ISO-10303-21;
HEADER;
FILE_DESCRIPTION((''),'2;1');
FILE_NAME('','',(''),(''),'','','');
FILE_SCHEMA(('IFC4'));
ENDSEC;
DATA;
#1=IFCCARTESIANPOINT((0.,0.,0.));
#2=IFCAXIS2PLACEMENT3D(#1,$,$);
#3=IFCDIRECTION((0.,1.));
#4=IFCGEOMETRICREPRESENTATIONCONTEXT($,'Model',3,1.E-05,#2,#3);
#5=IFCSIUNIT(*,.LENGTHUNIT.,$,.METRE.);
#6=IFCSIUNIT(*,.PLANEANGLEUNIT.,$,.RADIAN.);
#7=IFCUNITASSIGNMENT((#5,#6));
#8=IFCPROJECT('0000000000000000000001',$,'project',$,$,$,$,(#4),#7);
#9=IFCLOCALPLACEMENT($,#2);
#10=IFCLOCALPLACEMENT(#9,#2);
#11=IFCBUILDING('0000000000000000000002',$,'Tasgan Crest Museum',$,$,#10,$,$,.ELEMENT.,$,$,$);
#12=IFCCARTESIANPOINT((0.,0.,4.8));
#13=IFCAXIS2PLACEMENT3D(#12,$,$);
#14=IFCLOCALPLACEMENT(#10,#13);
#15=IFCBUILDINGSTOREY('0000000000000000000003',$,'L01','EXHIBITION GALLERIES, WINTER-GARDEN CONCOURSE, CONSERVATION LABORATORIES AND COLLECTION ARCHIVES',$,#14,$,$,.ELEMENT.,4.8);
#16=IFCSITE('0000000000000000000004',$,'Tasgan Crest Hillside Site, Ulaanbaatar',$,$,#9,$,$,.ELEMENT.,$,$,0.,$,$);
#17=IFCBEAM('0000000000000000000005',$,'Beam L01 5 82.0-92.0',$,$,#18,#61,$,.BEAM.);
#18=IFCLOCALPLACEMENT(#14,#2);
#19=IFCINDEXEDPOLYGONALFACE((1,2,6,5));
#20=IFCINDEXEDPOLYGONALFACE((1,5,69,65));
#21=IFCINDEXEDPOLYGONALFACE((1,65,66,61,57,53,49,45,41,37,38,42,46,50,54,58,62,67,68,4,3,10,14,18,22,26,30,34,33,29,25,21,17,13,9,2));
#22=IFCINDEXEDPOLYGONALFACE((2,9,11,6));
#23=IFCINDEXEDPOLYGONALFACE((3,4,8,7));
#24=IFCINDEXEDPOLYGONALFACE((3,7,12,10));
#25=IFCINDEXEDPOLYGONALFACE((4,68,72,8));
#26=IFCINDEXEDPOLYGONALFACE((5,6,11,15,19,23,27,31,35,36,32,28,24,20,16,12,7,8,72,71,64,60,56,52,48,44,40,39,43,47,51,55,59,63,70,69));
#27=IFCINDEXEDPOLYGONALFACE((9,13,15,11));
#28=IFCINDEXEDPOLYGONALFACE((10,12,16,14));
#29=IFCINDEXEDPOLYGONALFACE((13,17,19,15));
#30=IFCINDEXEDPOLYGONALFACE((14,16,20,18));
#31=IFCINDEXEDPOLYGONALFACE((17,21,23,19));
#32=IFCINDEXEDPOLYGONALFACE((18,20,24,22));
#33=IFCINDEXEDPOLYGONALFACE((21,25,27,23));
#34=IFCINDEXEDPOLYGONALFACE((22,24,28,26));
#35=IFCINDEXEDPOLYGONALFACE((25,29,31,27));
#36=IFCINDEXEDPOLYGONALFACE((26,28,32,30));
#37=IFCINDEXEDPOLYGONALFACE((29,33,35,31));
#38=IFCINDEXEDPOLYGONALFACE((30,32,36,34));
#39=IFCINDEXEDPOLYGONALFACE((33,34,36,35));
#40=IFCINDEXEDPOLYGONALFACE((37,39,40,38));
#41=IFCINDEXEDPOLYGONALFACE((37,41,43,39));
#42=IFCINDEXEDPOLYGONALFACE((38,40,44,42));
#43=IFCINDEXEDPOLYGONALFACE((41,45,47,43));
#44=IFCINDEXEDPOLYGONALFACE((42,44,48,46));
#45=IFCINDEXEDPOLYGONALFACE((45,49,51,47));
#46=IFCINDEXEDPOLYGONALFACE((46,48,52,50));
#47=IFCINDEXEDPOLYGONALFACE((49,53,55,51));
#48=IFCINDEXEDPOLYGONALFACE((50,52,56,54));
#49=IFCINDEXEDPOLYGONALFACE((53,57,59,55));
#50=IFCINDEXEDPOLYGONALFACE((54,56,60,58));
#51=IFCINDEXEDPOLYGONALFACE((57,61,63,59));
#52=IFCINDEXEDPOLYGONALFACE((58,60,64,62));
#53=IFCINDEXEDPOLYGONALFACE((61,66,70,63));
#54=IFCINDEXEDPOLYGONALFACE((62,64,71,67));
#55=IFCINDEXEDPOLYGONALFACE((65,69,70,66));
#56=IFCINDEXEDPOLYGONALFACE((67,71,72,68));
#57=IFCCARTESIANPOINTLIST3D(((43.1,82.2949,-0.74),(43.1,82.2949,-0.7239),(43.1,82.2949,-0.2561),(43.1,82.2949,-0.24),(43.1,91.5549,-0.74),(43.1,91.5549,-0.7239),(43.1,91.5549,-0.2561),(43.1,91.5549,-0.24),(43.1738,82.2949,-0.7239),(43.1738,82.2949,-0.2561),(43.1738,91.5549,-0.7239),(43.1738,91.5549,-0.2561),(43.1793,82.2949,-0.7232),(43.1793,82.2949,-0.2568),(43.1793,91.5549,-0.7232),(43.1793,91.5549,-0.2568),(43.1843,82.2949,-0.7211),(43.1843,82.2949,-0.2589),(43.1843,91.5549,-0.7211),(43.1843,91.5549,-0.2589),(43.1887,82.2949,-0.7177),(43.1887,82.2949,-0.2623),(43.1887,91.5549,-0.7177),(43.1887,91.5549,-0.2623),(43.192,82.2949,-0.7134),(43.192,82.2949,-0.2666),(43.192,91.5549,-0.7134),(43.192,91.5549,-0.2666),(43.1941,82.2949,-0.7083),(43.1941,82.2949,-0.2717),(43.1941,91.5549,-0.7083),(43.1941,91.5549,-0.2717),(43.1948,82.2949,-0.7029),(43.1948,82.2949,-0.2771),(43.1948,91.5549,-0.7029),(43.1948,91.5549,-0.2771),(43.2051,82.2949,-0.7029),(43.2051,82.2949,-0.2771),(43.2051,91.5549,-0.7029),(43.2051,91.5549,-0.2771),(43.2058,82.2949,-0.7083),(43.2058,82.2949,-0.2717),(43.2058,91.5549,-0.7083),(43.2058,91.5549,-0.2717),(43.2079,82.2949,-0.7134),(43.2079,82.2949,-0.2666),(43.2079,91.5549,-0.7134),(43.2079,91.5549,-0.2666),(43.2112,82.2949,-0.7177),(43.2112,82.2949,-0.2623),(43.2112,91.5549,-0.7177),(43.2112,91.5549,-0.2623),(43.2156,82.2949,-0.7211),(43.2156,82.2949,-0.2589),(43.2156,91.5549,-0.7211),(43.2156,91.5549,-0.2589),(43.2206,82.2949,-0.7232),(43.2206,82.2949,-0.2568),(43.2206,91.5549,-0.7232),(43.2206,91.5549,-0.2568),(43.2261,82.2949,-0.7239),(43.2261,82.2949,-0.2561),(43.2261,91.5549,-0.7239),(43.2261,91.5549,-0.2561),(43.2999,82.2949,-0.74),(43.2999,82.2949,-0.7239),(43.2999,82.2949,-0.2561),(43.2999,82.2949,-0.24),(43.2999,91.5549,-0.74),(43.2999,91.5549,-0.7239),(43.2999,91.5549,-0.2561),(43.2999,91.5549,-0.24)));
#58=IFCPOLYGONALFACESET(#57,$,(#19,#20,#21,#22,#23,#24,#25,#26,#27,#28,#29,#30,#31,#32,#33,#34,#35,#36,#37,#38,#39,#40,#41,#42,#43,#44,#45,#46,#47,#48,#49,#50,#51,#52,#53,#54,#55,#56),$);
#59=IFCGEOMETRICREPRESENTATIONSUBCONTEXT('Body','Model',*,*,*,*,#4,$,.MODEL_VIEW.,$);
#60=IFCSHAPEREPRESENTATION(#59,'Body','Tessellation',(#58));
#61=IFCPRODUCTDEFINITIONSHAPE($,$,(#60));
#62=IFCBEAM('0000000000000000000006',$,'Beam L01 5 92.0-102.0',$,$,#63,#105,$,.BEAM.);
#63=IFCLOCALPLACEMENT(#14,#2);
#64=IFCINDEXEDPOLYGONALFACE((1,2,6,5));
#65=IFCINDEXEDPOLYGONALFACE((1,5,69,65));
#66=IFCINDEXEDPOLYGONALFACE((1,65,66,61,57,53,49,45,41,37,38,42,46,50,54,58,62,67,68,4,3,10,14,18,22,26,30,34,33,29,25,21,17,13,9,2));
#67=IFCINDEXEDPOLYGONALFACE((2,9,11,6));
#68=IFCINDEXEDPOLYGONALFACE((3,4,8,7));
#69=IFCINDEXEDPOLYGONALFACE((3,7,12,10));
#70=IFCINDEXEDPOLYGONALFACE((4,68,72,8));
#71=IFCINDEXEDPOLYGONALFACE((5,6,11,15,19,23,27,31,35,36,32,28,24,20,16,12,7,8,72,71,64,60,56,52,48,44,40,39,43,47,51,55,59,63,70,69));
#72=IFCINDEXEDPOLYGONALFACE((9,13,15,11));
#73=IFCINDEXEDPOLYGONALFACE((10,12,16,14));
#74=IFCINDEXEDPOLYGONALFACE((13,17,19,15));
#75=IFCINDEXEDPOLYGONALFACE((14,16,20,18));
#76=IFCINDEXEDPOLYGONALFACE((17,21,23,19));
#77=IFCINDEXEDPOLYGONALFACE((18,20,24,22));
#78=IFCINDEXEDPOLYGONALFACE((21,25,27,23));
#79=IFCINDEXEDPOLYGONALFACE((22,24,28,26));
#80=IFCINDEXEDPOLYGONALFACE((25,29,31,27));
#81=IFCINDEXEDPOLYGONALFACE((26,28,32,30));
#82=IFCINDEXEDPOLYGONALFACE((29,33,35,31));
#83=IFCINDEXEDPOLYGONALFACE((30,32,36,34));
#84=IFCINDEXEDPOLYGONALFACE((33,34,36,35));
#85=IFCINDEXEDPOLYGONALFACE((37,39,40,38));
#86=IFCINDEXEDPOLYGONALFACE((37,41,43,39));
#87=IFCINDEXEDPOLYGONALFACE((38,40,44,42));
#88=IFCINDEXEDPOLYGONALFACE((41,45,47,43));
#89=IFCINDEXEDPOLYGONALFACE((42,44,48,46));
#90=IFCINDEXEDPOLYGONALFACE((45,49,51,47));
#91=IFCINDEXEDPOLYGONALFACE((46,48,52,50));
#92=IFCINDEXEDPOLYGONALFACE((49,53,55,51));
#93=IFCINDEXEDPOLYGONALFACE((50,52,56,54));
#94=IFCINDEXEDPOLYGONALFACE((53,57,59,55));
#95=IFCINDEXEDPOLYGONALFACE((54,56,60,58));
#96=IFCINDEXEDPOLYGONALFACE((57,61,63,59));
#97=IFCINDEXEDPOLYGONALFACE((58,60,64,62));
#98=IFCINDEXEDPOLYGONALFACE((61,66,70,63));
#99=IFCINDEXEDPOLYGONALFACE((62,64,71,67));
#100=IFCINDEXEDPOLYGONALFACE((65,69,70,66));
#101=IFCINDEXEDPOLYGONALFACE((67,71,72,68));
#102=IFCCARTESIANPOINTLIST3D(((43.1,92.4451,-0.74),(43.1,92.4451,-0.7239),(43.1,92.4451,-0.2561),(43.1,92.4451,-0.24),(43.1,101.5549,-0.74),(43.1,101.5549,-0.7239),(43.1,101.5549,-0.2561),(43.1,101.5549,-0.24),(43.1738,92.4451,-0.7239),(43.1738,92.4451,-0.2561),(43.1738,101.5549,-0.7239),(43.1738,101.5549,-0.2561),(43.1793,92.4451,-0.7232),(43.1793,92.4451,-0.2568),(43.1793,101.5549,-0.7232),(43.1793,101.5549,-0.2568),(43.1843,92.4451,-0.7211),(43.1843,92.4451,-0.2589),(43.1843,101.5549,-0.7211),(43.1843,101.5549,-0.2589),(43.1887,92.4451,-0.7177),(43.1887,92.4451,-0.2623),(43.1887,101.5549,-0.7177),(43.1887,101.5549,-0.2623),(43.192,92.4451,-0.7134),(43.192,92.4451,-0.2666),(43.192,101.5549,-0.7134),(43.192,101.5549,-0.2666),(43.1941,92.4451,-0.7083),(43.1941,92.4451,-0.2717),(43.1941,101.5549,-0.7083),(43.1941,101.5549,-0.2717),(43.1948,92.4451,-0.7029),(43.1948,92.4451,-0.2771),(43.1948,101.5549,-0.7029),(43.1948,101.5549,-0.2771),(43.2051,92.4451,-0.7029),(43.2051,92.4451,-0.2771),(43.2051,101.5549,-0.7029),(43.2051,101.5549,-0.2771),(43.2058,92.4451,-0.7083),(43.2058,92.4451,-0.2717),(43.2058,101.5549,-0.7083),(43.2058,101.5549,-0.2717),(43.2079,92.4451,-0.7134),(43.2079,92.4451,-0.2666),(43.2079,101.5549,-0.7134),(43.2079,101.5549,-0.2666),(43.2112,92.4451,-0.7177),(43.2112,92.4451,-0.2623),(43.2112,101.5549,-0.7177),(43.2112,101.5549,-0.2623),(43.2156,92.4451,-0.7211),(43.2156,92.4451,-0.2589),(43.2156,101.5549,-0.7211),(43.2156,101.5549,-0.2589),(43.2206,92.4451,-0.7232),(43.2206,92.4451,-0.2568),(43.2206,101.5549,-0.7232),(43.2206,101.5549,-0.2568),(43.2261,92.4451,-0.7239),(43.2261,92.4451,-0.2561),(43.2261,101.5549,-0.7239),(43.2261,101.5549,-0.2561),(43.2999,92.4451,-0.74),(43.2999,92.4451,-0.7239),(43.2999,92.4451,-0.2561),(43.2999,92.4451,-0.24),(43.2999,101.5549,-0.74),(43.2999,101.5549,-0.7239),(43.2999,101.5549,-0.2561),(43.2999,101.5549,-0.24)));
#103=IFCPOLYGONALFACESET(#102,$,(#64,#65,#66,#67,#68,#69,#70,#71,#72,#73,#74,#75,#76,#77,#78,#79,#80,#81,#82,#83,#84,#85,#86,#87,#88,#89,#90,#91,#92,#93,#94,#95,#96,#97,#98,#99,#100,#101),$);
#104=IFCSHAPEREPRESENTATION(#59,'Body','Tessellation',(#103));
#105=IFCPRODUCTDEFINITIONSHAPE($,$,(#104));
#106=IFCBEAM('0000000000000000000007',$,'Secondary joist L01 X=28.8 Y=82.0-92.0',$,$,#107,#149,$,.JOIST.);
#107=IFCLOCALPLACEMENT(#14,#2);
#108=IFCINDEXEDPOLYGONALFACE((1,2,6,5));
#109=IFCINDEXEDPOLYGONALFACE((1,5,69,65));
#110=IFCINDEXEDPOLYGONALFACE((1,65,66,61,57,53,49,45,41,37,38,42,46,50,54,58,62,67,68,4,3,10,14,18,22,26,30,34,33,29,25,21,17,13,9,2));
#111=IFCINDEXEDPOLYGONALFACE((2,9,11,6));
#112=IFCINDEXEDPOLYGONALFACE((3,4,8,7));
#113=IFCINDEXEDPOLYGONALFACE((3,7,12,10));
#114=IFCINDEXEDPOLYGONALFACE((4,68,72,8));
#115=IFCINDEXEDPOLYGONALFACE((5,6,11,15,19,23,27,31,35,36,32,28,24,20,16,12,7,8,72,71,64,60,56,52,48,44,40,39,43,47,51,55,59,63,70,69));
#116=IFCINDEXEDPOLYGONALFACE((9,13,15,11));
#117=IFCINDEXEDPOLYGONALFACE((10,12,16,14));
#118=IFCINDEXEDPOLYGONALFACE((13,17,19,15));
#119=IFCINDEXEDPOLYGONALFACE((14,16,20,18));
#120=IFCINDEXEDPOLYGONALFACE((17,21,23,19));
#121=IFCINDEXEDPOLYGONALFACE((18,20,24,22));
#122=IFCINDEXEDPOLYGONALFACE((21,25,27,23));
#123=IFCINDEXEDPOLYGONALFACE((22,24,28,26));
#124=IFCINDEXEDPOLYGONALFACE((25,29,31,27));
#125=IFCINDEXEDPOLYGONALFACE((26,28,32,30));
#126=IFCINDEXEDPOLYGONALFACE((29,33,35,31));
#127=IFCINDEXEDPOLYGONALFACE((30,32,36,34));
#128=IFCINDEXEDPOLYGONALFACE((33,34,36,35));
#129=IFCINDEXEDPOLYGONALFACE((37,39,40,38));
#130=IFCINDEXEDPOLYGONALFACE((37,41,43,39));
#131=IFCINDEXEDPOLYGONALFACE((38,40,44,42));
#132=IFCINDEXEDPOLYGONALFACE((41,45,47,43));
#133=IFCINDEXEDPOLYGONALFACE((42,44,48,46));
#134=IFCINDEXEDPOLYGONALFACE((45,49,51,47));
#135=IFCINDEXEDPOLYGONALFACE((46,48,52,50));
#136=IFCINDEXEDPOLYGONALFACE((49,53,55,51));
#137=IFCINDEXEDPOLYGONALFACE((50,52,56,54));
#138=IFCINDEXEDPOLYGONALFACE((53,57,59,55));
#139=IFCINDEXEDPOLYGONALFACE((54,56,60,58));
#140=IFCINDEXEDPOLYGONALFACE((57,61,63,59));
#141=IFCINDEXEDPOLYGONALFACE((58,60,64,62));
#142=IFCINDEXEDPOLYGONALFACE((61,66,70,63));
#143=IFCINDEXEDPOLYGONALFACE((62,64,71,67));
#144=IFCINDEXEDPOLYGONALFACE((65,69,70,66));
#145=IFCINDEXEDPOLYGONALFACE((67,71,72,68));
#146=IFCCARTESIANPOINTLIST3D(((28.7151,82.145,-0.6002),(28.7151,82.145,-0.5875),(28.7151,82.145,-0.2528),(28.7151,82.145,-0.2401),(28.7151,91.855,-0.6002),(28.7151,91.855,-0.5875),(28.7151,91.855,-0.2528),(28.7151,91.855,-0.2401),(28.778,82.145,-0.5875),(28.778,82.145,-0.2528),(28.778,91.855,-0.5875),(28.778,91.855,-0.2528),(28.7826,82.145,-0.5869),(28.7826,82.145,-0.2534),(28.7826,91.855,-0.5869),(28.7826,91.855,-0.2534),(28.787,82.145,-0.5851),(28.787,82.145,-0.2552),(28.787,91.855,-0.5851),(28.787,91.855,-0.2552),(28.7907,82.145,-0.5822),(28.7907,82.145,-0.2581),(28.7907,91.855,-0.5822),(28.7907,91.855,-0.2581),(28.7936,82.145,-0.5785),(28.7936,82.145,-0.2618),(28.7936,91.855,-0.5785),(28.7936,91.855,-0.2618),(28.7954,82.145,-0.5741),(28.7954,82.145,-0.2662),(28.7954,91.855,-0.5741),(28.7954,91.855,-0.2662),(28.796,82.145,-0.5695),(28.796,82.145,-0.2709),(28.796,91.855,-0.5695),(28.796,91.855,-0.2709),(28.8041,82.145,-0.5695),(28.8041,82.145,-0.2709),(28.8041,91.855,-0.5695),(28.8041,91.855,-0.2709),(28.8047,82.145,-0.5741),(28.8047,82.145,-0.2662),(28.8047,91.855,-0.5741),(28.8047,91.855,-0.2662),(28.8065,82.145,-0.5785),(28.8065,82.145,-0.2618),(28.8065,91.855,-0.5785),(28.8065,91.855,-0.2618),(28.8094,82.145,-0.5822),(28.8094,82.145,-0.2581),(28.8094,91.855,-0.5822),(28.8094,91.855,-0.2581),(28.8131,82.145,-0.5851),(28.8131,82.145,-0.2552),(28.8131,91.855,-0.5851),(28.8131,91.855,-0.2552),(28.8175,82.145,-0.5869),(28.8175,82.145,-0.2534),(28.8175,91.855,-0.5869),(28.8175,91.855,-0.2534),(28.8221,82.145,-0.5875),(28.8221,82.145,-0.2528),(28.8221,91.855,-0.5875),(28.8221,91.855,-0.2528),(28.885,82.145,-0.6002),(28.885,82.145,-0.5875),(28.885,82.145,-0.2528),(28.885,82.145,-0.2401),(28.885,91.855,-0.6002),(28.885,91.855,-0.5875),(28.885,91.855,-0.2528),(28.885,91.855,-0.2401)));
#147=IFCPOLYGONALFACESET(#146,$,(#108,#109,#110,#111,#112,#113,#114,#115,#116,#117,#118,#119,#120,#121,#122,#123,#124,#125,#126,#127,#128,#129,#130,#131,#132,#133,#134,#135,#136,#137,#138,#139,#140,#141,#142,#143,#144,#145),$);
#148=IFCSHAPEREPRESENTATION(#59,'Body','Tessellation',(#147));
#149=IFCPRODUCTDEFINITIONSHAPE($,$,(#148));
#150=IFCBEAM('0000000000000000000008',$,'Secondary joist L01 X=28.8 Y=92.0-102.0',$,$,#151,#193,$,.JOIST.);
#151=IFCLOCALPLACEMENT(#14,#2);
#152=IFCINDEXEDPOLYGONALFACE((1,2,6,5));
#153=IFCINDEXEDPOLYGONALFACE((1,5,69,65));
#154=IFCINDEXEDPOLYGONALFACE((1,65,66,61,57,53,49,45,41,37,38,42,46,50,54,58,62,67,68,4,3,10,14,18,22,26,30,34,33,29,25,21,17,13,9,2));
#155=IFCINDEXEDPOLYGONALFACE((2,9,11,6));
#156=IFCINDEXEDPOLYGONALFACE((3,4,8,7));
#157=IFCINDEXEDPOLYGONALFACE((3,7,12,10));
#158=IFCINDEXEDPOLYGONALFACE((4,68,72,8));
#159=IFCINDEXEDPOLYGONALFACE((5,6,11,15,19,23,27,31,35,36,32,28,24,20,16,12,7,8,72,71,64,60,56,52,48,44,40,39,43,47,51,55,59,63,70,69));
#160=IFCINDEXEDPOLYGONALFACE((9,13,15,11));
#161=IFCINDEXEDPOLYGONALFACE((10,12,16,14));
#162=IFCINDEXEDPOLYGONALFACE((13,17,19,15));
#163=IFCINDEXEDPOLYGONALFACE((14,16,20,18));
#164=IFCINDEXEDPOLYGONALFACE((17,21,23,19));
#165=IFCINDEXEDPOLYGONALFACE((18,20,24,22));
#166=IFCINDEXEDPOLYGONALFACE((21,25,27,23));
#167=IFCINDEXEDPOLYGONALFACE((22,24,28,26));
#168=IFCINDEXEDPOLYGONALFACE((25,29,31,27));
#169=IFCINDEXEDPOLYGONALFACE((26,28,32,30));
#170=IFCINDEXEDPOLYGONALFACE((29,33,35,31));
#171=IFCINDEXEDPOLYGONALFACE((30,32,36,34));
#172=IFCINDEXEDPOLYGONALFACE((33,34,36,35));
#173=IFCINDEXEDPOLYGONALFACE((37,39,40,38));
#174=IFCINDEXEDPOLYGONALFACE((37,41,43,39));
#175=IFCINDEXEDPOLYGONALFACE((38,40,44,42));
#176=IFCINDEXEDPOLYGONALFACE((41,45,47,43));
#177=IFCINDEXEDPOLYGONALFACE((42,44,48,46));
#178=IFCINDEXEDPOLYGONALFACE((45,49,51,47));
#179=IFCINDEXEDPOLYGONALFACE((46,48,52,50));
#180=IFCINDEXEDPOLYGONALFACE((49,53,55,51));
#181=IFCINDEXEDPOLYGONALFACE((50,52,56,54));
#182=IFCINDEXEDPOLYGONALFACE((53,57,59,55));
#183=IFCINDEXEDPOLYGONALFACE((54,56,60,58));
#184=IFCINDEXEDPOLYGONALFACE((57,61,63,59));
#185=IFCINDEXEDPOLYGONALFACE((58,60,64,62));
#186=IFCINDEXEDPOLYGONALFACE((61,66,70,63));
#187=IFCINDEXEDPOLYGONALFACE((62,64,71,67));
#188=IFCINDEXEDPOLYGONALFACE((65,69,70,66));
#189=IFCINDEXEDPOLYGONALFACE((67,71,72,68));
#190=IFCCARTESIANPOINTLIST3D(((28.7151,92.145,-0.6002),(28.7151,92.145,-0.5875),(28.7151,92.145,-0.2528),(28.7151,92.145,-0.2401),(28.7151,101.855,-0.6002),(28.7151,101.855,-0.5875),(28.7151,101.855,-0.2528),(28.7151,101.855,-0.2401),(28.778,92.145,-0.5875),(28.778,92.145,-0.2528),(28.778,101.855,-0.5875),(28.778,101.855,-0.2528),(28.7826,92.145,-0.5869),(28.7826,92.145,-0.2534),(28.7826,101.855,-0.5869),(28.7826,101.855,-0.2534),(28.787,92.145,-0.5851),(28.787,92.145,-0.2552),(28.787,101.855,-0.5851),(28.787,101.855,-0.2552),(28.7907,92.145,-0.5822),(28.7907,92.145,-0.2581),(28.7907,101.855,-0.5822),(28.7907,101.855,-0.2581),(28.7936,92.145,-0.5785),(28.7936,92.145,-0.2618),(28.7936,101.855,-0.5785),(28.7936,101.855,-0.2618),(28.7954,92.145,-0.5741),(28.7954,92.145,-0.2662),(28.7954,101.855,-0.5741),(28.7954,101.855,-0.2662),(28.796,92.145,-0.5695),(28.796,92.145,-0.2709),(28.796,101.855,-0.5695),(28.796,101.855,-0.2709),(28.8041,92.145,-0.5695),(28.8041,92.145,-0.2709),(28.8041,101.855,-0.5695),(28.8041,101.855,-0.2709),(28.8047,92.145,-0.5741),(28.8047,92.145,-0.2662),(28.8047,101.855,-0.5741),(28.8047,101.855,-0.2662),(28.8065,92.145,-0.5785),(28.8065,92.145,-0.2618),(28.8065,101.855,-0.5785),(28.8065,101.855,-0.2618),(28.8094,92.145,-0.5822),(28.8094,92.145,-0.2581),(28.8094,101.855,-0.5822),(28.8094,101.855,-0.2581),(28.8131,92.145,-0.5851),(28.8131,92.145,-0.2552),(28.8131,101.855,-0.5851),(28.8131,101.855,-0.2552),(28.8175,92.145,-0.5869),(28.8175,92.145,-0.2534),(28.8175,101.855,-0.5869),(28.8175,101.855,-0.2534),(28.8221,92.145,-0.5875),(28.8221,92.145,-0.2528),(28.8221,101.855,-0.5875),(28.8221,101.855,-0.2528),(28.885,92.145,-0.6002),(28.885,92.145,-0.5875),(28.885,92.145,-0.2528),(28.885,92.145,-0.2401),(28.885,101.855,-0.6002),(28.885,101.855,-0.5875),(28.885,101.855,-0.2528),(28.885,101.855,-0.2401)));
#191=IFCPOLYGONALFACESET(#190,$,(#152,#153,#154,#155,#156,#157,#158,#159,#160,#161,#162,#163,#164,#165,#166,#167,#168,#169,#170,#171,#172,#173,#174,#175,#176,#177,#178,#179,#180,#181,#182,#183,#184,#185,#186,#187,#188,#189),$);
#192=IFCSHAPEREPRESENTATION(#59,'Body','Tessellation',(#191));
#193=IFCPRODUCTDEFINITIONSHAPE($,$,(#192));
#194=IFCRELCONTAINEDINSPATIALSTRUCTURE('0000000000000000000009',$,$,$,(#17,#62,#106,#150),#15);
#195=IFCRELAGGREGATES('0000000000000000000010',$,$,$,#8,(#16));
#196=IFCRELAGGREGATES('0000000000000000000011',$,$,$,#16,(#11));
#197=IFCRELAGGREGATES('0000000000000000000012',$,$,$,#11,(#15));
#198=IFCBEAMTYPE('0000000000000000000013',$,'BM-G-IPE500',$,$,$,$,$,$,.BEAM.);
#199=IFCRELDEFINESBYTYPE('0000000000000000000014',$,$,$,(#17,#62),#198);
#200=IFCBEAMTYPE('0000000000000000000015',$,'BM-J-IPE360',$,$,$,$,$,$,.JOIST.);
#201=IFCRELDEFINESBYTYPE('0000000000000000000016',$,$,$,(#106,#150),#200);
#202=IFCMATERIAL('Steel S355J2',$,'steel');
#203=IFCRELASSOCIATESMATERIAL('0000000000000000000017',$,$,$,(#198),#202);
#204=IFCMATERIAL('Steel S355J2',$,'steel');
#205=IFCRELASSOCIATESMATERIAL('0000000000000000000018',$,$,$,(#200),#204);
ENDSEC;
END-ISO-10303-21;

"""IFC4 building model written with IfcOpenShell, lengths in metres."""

from ifc_helpers import new_model, si_unit, direction, frame, origin, origin_2d, place, context, subcontext, project, spatial, i_section, extrude, material, material_profile, profile_set, type_object, element, save


model = new_model("IFC4")

# Units and contexts
model_context = context("Model", 3, precision=1e-05, world=origin(), true_north=direction((0.0, 1.0)))
body_context = subcontext(model_context, "Body", "Model", "MODEL_VIEW")
ifc_project = project(units=[si_unit("LENGTHUNIT", "METRE"), si_unit("PLANEANGLEUNIT", "RADIAN")], contexts=[model_context])

# Site, building, storey
site_placement = place(None, origin())
site = spatial("IfcSite", under=ifc_project, at=site_placement, Name="Tasgan Crest Hillside Site, Ulaanbaatar", CompositionType="ELEMENT", RefElevation=0.0)
building_placement = place(site_placement, origin())
building = spatial("IfcBuilding", under=site, at=building_placement, Name="Tasgan Crest Museum", CompositionType="ELEMENT")
storey_placement = place(building_placement, frame((0.0, 0.0, 4.8)))
storey = spatial("IfcBuildingStorey", under=building, at=storey_placement, Name="L01", Description="EXHIBITION GALLERIES, WINTER-GARDEN CONCOURSE, CONSERVATION LABORATORIES AND COLLECTION ARCHIVES", CompositionType="ELEMENT", Elevation=4.8)

# Beams
ifc_material_1 = material(Name="Steel S355J2", Category="steel")
ifc_material_profile_1 = material_profile(ifc_material_1, i_section(OverallWidth=0.2, OverallDepth=0.5, WebThickness=0.0103, FlangeThickness=0.0161, FilletRadius=0.021, at=origin_2d()), Name="IPE 500")
ifc_profile_set_1 = profile_set([ifc_material_profile_1], Name="Steel S355J2")
beam_type_1 = type_object("IfcBeamType", Name="BM-G-IPE500", PredefinedType="BEAM", material=ifc_profile_set_1)
beam_1_placement = place(storey_placement, frame((43.2, 82.2949, -0.49), z_axis=(0.0, 1.0, 0.0), x_axis=(-1.0, 0.0, 0.0)))
element("IfcBeam", 1, at=beam_1_placement, inside=storey, type_object=beam_type_1, Name="Beam L01 5 82.0-92.0", PredefinedType="BEAM", context=body_context, shape_type="SweptSolid", body=[
    extrude(i_section(OverallWidth=0.2, OverallDepth=0.5, WebThickness=0.0103, FlangeThickness=0.0161, FilletRadius=0.021, at=origin_2d()), origin(), (0.0, 0.0, 1.0), 9.26),
])
beam_2_placement = place(storey_placement, frame((43.2, 92.4451, -0.49), z_axis=(0.0, 1.0, 0.0), x_axis=(-1.0, 0.0, 0.0)))
element("IfcBeam", 2, at=beam_2_placement, inside=storey, type_object=beam_type_1, Name="Beam L01 5 92.0-102.0", PredefinedType="BEAM", context=body_context, shape_type="SweptSolid", body=[
    extrude(i_section(OverallWidth=0.2, OverallDepth=0.5, WebThickness=0.0103, FlangeThickness=0.0161, FilletRadius=0.021, at=origin_2d()), origin(), (0.0, 0.0, 1.0), 9.1099),
])
ifc_material_2 = material(Name="Steel S355J2", Category="steel")
ifc_material_profile_2 = material_profile(ifc_material_2, i_section(OverallWidth=0.1699, OverallDepth=0.3601, WebThickness=0.0081, FlangeThickness=0.0127, FilletRadius=0.0181, at=origin_2d()), Name="IPE 360")
ifc_profile_set_2 = profile_set([ifc_material_profile_2], Name="Steel S355J2")
beam_type_2 = type_object("IfcBeamType", Name="BM-J-IPE360", PredefinedType="JOIST", material=ifc_profile_set_2)
for number, where, z_axis, x_axis, name in (
    (3, (28.8, 82.145, -0.4202), (0.0, 1.0, 0.0), (-1.0, 0.0, 0.0), "Secondary joist L01 X=28.8 Y=82.0-92.0"),
    (4, (28.8, 92.145, -0.4202), (0.0, 1.0, 0.0), (-1.0, 0.0, 0.0), "Secondary joist L01 X=28.8 Y=92.0-102.0"),
):
    element("IfcBeam", number, at=place(storey_placement, frame(where, z_axis=z_axis, x_axis=x_axis)), inside=storey, type_object=beam_type_2, Name=name, PredefinedType="JOIST", context=body_context, shape_type="SweptSolid", body=[
        extrude(i_section(OverallWidth=0.1699, OverallDepth=0.3601, WebThickness=0.0081, FlangeThickness=0.0127, FilletRadius=0.0181, at=origin_2d()), origin(), (0.0, 0.0, 1.0), 9.71),
    ])

save(model, "model.ifc")
